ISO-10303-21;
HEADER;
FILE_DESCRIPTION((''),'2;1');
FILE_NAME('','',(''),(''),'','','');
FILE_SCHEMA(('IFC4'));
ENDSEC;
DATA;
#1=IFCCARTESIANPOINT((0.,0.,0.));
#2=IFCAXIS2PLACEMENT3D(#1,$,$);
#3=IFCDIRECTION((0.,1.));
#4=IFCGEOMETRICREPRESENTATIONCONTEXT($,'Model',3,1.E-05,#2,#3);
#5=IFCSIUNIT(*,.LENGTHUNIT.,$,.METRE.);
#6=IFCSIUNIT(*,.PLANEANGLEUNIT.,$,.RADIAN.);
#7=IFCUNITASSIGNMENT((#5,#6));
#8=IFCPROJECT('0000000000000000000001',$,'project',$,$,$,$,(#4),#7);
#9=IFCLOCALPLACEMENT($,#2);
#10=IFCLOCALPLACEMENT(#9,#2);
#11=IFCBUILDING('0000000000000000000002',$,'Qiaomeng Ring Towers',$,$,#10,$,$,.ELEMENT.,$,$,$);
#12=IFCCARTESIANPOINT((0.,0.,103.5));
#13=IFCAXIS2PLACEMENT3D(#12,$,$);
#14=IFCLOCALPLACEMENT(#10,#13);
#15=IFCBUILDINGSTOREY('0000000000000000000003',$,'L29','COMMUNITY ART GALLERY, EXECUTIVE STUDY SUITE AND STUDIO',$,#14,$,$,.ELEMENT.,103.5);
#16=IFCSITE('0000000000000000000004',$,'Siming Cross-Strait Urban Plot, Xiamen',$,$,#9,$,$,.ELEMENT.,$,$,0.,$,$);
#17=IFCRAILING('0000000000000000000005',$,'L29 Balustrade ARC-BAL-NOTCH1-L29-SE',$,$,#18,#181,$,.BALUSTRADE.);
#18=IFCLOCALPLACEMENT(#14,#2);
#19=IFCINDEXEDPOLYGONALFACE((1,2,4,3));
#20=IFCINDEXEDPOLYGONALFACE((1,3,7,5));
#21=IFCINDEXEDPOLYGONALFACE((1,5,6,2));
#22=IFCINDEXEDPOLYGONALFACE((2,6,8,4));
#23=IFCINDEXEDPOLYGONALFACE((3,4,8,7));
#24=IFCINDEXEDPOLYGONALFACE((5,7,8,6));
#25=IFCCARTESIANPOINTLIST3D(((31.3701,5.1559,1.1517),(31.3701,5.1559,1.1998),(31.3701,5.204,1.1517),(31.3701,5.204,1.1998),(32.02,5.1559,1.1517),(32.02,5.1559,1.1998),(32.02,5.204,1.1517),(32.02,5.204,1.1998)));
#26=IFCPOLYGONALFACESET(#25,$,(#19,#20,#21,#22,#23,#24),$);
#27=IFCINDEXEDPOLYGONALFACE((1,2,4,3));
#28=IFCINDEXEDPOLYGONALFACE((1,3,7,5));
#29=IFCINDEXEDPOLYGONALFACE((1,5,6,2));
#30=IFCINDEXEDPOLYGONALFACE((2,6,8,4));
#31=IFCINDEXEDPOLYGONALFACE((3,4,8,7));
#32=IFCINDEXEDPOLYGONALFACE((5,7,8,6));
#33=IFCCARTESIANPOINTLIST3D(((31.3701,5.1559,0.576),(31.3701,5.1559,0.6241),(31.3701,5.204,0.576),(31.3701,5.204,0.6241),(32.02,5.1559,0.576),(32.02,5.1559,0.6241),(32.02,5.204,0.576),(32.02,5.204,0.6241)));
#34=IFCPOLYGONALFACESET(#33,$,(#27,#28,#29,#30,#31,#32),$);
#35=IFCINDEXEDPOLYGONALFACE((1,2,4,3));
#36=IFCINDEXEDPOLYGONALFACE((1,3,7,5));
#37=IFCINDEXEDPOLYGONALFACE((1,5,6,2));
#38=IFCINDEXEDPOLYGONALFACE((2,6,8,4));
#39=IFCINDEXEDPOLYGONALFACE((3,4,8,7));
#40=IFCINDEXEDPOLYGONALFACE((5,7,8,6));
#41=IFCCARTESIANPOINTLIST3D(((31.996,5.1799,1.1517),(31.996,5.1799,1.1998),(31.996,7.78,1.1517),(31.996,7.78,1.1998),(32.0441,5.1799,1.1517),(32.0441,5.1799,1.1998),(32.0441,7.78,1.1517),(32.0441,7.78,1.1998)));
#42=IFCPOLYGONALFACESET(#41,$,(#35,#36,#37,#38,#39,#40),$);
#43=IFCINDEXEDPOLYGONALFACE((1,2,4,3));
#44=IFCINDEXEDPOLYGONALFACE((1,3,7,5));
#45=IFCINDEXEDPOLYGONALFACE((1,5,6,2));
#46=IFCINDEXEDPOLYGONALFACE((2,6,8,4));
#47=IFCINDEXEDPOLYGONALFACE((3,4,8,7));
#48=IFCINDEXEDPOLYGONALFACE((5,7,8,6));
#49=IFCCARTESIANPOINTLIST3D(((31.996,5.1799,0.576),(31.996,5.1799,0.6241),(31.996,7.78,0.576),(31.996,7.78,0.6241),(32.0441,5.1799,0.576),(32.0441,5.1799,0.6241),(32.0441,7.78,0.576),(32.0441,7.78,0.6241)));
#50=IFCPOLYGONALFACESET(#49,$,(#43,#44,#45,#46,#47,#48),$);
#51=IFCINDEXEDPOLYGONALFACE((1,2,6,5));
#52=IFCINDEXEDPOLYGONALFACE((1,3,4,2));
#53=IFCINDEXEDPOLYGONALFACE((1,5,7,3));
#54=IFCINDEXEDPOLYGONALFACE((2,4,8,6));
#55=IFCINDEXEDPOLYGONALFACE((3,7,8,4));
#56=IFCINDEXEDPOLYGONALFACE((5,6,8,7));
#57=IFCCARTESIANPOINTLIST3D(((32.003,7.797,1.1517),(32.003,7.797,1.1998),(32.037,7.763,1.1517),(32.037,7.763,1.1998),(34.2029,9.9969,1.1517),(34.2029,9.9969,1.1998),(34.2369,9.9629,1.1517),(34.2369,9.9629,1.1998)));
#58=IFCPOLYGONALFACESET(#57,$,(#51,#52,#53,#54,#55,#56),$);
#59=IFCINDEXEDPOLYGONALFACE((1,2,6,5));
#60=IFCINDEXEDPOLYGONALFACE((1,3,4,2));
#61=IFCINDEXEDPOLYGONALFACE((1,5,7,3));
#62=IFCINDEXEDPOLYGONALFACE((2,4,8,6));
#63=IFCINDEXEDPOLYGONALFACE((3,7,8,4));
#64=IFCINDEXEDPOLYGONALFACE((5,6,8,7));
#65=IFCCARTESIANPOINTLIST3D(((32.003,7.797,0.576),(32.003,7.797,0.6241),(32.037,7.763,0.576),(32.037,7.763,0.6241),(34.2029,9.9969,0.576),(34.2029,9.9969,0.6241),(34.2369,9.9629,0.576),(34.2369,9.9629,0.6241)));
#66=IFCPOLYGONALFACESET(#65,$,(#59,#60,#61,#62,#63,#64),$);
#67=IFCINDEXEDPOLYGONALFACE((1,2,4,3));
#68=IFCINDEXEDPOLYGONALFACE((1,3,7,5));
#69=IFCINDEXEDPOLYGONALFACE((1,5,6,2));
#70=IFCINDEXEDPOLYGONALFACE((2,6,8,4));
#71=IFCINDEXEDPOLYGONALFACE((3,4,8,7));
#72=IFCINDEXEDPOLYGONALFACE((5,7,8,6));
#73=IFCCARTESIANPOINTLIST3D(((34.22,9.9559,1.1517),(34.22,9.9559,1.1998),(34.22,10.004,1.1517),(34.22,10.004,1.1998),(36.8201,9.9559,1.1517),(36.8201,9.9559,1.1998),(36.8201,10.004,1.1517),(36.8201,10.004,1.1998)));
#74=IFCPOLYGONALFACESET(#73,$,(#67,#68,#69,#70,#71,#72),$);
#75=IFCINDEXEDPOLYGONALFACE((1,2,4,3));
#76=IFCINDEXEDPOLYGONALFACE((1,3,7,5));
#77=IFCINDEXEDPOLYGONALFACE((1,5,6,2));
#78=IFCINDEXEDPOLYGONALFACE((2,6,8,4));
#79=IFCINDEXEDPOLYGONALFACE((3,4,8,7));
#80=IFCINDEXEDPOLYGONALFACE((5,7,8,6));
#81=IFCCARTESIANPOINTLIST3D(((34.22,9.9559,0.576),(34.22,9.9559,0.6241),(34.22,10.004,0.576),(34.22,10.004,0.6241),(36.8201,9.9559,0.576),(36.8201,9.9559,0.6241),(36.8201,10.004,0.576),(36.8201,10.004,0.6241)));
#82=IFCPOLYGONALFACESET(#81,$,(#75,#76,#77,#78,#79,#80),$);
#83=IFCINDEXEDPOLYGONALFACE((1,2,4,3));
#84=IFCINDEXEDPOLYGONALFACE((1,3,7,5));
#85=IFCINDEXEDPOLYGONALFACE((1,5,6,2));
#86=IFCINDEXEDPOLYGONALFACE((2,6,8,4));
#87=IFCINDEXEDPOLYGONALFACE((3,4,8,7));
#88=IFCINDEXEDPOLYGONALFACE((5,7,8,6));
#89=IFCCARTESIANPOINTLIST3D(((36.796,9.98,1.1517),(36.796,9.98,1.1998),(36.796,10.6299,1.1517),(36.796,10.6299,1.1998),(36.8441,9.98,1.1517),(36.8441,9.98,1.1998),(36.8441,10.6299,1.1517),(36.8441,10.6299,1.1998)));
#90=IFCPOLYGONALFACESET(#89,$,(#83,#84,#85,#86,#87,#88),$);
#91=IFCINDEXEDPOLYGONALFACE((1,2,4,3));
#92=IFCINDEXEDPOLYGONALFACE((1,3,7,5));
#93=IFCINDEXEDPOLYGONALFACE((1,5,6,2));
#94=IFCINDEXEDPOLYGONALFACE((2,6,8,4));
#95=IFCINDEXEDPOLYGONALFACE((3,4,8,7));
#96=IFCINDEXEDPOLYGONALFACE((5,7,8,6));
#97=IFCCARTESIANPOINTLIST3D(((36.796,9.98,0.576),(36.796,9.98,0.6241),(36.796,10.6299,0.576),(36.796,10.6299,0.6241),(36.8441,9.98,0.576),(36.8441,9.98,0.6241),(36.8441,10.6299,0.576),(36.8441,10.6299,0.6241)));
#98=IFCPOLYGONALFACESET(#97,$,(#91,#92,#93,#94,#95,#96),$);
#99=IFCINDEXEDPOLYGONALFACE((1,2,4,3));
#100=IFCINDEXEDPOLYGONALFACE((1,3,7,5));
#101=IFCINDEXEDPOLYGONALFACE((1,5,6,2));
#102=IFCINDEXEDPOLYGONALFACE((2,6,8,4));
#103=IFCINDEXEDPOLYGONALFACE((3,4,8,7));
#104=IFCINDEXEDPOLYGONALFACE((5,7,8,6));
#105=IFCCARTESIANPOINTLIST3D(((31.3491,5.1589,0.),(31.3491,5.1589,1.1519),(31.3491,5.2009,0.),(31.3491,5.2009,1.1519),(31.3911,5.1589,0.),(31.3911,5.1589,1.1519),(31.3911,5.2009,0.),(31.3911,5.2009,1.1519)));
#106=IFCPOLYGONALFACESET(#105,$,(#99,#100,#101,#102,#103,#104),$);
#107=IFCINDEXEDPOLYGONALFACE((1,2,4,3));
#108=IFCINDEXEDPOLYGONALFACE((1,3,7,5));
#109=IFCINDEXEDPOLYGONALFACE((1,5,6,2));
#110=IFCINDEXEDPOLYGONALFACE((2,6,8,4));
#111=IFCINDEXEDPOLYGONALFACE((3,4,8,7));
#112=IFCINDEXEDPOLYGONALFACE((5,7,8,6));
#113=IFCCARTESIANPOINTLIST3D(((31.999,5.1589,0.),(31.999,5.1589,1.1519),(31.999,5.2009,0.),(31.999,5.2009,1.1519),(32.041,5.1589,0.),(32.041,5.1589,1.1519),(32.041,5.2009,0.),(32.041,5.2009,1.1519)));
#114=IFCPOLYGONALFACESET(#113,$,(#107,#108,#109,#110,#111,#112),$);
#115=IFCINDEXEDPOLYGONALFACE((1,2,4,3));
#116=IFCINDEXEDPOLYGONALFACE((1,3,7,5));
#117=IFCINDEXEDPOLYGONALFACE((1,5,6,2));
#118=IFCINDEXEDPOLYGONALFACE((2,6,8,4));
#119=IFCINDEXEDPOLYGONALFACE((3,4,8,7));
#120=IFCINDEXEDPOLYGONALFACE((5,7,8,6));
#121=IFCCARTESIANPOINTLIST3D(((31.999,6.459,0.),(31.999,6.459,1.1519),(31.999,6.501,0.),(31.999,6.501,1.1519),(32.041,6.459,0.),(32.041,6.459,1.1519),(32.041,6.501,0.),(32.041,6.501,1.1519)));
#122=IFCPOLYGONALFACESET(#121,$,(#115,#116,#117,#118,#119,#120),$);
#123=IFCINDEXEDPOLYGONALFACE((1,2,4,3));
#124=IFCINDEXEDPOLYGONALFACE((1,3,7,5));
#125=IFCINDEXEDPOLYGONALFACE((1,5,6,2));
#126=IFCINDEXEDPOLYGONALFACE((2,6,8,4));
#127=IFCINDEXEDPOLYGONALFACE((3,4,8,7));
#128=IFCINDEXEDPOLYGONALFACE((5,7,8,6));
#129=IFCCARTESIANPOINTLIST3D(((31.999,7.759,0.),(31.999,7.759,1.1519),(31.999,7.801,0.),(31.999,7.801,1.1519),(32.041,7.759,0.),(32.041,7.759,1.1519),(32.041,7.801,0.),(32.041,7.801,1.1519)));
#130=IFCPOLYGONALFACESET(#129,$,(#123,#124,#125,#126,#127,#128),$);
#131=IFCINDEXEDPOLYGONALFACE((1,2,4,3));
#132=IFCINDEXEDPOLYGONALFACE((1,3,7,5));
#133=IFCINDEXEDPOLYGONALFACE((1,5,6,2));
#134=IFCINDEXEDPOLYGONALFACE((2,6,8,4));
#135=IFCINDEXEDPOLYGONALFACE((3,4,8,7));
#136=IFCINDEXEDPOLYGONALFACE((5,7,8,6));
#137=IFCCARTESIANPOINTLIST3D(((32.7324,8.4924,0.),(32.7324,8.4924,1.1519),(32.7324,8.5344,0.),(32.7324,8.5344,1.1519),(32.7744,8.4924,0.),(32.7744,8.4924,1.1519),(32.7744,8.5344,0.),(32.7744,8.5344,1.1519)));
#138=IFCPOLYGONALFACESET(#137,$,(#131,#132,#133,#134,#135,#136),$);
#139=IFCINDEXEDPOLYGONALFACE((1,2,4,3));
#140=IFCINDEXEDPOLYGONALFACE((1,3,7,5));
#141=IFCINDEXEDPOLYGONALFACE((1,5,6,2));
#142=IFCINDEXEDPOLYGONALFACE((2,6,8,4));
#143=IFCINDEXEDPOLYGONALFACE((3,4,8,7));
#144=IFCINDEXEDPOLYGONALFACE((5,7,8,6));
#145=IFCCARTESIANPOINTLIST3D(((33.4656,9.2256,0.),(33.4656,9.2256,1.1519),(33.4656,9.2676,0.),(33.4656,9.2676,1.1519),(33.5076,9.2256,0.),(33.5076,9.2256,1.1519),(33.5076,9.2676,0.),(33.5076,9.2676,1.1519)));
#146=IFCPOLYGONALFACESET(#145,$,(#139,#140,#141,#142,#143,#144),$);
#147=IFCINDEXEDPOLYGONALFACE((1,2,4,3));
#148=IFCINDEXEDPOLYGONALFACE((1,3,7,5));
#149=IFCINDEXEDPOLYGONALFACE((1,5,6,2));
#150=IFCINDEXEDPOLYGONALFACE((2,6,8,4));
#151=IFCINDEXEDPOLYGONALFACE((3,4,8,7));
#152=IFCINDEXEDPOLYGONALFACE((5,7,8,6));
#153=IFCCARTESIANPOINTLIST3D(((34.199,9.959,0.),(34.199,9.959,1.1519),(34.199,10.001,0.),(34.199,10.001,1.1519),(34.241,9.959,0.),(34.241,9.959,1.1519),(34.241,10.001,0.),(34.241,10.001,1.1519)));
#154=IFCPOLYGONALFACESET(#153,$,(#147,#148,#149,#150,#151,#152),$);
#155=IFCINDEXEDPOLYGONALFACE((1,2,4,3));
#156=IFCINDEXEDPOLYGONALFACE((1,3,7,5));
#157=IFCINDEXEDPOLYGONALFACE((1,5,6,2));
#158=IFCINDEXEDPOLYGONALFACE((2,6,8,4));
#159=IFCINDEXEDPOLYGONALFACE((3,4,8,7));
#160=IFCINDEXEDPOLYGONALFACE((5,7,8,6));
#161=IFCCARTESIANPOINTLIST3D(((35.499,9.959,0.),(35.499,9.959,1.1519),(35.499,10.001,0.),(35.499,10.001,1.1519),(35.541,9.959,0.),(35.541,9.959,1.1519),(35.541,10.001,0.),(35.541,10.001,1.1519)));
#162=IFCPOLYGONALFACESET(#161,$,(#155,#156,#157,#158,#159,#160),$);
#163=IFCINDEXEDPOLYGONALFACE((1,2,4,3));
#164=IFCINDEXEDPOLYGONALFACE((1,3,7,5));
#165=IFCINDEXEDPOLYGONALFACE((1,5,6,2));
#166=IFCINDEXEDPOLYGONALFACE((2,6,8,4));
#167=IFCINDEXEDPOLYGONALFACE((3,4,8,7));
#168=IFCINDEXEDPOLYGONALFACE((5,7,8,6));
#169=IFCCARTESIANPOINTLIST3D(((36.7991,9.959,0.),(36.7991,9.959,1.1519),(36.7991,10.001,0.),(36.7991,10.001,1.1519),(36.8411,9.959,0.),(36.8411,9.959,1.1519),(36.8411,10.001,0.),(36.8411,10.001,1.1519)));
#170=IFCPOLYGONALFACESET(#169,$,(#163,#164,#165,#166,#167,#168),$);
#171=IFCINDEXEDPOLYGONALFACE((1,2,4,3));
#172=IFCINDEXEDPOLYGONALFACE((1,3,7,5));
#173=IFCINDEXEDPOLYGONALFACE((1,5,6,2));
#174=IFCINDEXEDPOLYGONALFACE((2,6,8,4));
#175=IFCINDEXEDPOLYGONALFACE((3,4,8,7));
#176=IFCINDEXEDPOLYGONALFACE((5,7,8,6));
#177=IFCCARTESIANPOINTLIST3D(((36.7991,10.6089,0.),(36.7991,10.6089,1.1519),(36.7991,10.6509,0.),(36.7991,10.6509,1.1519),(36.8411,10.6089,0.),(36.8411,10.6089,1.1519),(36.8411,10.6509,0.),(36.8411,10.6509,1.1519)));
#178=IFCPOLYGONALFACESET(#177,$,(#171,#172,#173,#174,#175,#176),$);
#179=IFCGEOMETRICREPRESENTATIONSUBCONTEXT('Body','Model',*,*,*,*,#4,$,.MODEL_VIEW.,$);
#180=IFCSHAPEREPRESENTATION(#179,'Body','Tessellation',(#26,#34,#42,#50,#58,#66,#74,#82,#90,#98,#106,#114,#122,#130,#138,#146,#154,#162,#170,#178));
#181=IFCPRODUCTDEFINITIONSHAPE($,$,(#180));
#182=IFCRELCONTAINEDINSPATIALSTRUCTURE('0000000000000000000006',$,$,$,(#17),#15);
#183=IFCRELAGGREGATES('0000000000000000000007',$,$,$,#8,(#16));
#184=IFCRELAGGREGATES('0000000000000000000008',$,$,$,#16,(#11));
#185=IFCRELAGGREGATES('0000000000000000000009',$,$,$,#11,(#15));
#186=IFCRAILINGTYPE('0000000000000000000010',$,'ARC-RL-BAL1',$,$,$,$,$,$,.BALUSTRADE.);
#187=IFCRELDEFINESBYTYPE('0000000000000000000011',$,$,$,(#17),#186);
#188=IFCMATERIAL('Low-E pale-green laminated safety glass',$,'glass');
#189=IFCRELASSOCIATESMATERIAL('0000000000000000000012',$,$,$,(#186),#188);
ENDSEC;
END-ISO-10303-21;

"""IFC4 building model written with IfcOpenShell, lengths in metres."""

from ifc_helpers import new_model, si_unit, direction, frame, origin, origin_2d, place, context, subcontext, project, spatial, rectangle, extrude, material, type_object, element, save


model = new_model("IFC4")

# Units and contexts
model_context = context("Model", 3, precision=1e-05, world=origin(), true_north=direction((0.0, 1.0)))
body_context = subcontext(model_context, "Body", "Model", "MODEL_VIEW")
ifc_project = project(units=[si_unit("LENGTHUNIT", "METRE"), si_unit("PLANEANGLEUNIT", "RADIAN")], contexts=[model_context])

# Site, building, storey
site_placement = place(None, origin())
site = spatial("IfcSite", under=ifc_project, at=site_placement, Name="Siming Cross-Strait Urban Plot, Xiamen", CompositionType="ELEMENT", RefElevation=0.0)
building_placement = place(site_placement, origin())
building = spatial("IfcBuilding", under=site, at=building_placement, Name="Qiaomeng Ring Towers", CompositionType="ELEMENT")
storey_placement = place(building_placement, frame((0.0, 0.0, 103.5)))
storey = spatial("IfcBuildingStorey", under=building, at=storey_placement, Name="L29", Description="COMMUNITY ART GALLERY, EXECUTIVE STUDY SUITE AND STUDIO", CompositionType="ELEMENT", Elevation=103.5)

# Railing
ifc_material_1 = material(Name="Low-E pale-green laminated safety glass", Category="glass")
railing_type = type_object("IfcRailingType", Name="ARC-RL-BAL1", PredefinedType="BALUSTRADE", material=ifc_material_1)
railing_placement = place(storey_placement, frame((31.3701, 5.1799, 0.0)))
element("IfcRailing", 1, at=railing_placement, inside=storey, type_object=railing_type, Name="L29 Balustrade ARC-BAL-NOTCH1-L29-SE", PredefinedType="BALUSTRADE", context=body_context, shape_type="SweptSolid", body=[
    extrude(rectangle(XDim=0.0481, YDim=0.0481, at=origin_2d()), frame((0.0, 0.0, 1.1758), z_axis=(1.0, 0.0, 0.0), x_axis=(0.0, 1.0, 0.0)), (0.0, 0.0, 1.0), 0.6499),
    extrude(rectangle(XDim=0.0481, YDim=0.0481, at=origin_2d()), frame((0.0, 0.0, 0.6001), z_axis=(1.0, 0.0, 0.0), x_axis=(0.0, 1.0, 0.0)), (0.0, 0.0, 1.0), 0.6499),
    extrude(rectangle(XDim=0.0481, YDim=0.0481, at=origin_2d()), frame((0.6499, 0.0, 1.1758), z_axis=(0.0, 1.0, 0.0), x_axis=(-1.0, 0.0, 0.0)), (0.0, 0.0, 1.0), 2.6001),
    extrude(rectangle(XDim=0.0481, YDim=0.0481, at=origin_2d()), frame((0.6499, 0.0, 0.6001), z_axis=(0.0, 1.0, 0.0), x_axis=(-1.0, 0.0, 0.0)), (0.0, 0.0, 1.0), 2.6001),
    extrude(rectangle(XDim=0.0481, YDim=0.0481, at=origin_2d()), frame((0.6499, 2.6001, 1.1758), z_axis=(0.707107, 0.707107, 0.0), x_axis=(-0.707107, 0.707107, 0.0)), (0.0, 0.0, 1.0), 3.1111),
    extrude(rectangle(XDim=0.0481, YDim=0.0481, at=origin_2d()), frame((0.6499, 2.6001, 0.6001), z_axis=(0.707107, 0.707107, 0.0), x_axis=(-0.707107, 0.707107, 0.0)), (0.0, 0.0, 1.0), 3.1111),
    extrude(rectangle(XDim=0.0481, YDim=0.0481, at=origin_2d()), frame((2.8499, 4.8, 1.1758), z_axis=(1.0, 0.0, 0.0), x_axis=(0.0, 1.0, 0.0)), (0.0, 0.0, 1.0), 2.6001),
    extrude(rectangle(XDim=0.0481, YDim=0.0481, at=origin_2d()), frame((2.8499, 4.8, 0.6001), z_axis=(1.0, 0.0, 0.0), x_axis=(0.0, 1.0, 0.0)), (0.0, 0.0, 1.0), 2.6001),
    extrude(rectangle(XDim=0.0481, YDim=0.0481, at=origin_2d()), frame((5.45, 4.8, 1.1758), z_axis=(0.0, 1.0, 0.0), x_axis=(-1.0, 0.0, 0.0)), (0.0, 0.0, 1.0), 0.6499),
    extrude(rectangle(XDim=0.0481, YDim=0.0481, at=origin_2d()), frame((5.45, 4.8, 0.6001), z_axis=(0.0, 1.0, 0.0), x_axis=(-1.0, 0.0, 0.0)), (0.0, 0.0, 1.0), 0.6499),
    extrude(rectangle(XDim=0.042, YDim=0.042, at=origin_2d()), origin(), (0.0, 0.0, 1.0), 1.1519),
    extrude(rectangle(XDim=0.042, YDim=0.042, at=origin_2d()), frame((0.6499, 0.0, 0.0)), (0.0, 0.0, 1.0), 1.1519),
    extrude(rectangle(XDim=0.042, YDim=0.042, at=origin_2d()), frame((0.6499, 1.3, 0.0)), (0.0, 0.0, 1.0), 1.1519),
    extrude(rectangle(XDim=0.042, YDim=0.042, at=origin_2d()), frame((0.6499, 2.6001, 0.0)), (0.0, 0.0, 1.0), 1.1519),
    extrude(rectangle(XDim=0.042, YDim=0.042, at=origin_2d()), frame((1.3833, 3.3335, 0.0)), (0.0, 0.0, 1.0), 1.1519),
    extrude(rectangle(XDim=0.042, YDim=0.042, at=origin_2d()), frame((2.1165, 4.0667, 0.0)), (0.0, 0.0, 1.0), 1.1519),
    extrude(rectangle(XDim=0.042, YDim=0.042, at=origin_2d()), frame((2.8499, 4.8, 0.0)), (0.0, 0.0, 1.0), 1.1519),
    extrude(rectangle(XDim=0.042, YDim=0.042, at=origin_2d()), frame((4.1499, 4.8, 0.0)), (0.0, 0.0, 1.0), 1.1519),
    extrude(rectangle(XDim=0.042, YDim=0.042, at=origin_2d()), frame((5.45, 4.8, 0.0)), (0.0, 0.0, 1.0), 1.1519),
    extrude(rectangle(XDim=0.042, YDim=0.042, at=origin_2d()), frame((5.45, 5.45, 0.0)), (0.0, 0.0, 1.0), 1.1519),
])

save(model, "model.ifc")
